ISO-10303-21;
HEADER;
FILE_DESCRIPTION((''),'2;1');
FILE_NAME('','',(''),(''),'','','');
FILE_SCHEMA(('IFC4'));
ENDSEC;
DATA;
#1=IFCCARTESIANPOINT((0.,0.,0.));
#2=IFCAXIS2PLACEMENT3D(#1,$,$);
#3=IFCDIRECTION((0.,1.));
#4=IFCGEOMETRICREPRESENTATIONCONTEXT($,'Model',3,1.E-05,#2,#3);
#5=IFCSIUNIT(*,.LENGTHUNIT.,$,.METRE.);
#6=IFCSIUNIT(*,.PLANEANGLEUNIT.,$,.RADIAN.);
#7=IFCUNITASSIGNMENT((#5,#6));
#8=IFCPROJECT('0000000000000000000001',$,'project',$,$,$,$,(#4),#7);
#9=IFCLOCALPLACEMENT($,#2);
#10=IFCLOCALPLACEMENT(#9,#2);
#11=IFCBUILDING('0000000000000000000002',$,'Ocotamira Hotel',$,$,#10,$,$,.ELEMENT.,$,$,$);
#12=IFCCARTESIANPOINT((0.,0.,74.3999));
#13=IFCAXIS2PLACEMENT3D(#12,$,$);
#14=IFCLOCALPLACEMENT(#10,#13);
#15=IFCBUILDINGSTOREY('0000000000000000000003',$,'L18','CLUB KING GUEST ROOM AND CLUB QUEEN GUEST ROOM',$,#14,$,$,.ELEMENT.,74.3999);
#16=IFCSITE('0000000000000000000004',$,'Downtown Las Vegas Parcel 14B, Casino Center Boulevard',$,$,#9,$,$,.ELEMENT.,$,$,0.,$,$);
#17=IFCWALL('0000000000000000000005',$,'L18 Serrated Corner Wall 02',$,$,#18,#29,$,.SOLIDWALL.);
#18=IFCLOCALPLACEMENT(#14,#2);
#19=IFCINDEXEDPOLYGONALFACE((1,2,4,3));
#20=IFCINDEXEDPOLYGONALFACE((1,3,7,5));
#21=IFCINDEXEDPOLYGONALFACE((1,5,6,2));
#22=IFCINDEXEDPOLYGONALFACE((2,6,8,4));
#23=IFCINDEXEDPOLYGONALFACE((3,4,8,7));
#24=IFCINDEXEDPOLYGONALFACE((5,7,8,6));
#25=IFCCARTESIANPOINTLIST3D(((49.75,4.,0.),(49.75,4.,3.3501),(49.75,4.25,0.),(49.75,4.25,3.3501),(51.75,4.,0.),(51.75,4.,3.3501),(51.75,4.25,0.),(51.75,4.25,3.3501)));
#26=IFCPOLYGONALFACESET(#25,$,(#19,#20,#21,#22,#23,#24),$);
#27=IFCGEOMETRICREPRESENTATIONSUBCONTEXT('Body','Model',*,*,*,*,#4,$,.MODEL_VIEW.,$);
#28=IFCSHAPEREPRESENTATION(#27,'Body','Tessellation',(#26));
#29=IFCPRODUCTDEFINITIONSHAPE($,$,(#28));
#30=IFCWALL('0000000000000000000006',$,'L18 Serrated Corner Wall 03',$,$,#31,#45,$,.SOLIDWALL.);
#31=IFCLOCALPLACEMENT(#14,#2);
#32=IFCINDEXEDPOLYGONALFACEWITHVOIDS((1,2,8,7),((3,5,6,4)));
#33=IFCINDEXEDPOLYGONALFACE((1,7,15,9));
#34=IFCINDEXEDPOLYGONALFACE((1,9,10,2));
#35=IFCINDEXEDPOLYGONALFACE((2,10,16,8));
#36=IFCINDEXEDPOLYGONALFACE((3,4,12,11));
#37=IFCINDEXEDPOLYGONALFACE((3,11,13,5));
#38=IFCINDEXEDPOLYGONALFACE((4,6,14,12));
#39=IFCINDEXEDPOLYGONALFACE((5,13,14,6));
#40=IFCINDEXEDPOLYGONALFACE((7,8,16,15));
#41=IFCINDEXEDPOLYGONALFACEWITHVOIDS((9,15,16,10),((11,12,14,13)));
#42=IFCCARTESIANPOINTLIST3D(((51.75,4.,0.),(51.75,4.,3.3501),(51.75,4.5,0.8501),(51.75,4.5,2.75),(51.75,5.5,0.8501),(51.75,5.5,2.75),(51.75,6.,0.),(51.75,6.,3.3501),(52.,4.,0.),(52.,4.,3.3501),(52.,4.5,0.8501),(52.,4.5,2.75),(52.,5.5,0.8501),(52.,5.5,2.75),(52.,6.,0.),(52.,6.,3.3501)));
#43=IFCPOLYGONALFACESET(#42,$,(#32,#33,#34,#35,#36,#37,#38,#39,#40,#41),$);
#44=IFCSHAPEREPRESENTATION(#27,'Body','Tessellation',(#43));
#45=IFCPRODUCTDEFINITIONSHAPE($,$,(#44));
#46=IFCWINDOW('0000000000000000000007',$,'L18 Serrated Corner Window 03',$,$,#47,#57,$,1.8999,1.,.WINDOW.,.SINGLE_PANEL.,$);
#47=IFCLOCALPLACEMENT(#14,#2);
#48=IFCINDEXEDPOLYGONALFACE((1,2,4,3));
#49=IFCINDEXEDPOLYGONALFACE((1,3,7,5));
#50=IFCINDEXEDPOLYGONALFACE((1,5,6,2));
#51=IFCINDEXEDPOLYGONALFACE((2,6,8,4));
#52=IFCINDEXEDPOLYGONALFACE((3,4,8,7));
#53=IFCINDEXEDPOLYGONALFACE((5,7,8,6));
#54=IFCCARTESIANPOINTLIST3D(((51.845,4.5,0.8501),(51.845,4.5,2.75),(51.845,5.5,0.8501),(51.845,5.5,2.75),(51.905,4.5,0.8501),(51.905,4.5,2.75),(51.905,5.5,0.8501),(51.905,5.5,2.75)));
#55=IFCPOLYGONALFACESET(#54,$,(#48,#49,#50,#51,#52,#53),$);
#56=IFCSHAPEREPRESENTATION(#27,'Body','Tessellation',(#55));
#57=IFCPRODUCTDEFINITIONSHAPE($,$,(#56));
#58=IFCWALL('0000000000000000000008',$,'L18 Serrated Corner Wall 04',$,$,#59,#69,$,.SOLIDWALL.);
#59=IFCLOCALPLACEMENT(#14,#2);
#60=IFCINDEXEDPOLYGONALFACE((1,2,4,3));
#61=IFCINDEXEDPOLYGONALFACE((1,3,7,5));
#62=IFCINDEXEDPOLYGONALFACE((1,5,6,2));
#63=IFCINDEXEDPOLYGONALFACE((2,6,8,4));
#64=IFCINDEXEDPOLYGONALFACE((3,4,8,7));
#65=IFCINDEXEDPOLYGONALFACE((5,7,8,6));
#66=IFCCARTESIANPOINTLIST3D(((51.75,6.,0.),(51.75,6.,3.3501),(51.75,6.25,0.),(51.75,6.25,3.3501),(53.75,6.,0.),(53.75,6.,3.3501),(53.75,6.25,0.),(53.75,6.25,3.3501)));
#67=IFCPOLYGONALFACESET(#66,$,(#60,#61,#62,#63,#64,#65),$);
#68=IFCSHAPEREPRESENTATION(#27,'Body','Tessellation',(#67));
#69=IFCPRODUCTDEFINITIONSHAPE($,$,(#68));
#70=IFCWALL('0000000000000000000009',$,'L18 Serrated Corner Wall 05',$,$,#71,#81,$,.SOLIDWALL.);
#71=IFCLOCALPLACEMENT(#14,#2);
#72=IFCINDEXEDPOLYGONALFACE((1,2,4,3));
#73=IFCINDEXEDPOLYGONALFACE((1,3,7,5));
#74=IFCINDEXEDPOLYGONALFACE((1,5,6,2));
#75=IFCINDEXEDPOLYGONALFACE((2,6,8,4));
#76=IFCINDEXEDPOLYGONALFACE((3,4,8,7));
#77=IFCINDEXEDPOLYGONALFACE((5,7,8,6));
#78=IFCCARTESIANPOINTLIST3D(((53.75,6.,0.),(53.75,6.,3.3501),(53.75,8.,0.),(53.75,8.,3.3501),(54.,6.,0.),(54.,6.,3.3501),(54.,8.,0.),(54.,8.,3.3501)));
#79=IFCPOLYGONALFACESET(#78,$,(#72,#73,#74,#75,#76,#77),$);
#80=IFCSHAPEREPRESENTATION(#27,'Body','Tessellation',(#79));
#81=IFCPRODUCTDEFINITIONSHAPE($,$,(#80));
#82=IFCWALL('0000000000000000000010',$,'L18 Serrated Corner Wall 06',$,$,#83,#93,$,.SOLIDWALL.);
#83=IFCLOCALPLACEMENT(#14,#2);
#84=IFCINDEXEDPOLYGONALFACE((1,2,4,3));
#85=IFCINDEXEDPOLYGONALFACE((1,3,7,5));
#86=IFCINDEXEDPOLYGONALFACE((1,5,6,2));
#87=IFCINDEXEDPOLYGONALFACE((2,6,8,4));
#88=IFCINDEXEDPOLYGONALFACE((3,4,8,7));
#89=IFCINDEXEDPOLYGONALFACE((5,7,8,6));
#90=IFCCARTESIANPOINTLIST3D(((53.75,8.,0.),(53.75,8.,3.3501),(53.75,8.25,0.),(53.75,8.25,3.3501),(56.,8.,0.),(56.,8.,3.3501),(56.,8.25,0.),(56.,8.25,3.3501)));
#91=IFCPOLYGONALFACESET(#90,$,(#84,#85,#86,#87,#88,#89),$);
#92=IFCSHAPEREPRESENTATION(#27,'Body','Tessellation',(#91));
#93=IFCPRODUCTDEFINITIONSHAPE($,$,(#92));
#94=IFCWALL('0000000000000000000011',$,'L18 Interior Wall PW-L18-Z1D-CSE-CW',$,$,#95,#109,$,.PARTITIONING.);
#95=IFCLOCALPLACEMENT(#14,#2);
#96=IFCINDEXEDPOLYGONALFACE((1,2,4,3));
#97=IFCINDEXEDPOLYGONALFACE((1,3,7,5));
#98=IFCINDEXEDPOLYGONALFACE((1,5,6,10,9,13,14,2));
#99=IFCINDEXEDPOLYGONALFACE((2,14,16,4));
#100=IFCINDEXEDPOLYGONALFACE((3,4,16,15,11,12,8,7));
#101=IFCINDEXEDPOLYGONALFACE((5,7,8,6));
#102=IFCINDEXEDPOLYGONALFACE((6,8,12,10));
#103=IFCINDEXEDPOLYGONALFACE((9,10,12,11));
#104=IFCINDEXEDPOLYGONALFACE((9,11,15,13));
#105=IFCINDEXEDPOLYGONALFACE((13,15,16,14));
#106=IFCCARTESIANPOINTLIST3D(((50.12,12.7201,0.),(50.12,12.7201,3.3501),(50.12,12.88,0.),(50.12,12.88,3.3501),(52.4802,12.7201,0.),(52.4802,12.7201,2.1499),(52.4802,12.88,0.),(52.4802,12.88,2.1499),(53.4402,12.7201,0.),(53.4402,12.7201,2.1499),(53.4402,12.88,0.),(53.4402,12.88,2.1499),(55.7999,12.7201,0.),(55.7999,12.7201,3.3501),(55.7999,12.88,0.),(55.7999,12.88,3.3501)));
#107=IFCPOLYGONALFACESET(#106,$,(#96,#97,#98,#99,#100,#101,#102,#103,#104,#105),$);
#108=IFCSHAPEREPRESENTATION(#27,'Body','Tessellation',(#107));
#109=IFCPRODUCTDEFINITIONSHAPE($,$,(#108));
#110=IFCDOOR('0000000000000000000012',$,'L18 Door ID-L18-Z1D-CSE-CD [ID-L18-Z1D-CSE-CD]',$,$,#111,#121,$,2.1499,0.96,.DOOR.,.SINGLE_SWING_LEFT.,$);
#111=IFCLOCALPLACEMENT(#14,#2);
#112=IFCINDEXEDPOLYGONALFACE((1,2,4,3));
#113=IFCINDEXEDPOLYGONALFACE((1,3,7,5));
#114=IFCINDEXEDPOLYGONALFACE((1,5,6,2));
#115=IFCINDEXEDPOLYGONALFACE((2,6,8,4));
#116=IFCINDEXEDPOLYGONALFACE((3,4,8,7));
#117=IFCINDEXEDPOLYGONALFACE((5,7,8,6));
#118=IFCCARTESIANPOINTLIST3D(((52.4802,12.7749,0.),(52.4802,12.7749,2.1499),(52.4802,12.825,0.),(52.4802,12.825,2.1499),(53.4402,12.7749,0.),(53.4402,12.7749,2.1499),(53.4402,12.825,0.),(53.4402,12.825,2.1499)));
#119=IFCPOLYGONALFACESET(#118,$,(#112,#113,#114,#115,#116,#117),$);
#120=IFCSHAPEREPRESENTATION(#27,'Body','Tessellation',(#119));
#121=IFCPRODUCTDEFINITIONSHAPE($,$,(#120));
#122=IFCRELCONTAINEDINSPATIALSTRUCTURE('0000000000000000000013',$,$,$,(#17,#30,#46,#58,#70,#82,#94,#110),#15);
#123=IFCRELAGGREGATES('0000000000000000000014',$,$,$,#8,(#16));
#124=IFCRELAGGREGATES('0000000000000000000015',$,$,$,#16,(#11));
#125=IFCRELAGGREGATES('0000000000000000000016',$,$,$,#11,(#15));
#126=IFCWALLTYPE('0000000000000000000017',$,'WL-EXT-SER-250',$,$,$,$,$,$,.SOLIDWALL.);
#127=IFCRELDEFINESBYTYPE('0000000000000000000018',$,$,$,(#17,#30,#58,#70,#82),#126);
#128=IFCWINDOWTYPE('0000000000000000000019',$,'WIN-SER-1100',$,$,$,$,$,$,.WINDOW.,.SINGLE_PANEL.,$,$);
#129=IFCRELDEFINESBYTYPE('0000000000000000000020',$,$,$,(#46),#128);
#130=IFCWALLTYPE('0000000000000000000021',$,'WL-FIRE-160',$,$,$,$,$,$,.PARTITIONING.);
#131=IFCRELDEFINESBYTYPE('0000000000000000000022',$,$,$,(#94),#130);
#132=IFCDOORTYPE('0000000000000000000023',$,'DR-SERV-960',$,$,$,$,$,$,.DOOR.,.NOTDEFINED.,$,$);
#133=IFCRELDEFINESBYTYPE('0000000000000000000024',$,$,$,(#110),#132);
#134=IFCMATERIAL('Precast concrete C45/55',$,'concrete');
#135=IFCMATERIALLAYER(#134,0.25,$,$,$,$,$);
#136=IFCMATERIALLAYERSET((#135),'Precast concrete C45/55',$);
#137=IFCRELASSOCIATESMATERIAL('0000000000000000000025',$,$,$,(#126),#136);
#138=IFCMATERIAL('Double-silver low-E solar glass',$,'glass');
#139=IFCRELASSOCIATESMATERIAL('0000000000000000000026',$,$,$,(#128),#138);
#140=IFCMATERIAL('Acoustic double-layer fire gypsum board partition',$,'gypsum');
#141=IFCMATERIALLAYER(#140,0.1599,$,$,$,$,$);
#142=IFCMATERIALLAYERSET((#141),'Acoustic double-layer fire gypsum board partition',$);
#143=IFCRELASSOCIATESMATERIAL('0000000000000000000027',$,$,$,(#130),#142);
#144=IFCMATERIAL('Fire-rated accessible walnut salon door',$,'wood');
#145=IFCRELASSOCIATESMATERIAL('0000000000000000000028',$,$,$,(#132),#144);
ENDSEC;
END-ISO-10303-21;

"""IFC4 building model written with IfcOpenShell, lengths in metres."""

from ifc_helpers import new_model, si_unit, direction, frame, frame_2d, origin, place, context, subcontext, project, spatial, rectangle, extrude, source, transform, mapped, material, layer, layer_set, type_object, element, fill, save


model = new_model("IFC4")

# Units and contexts
model_context = context("Model", 3, precision=1e-05, world=origin(), true_north=direction((0.0, 1.0)))
body_context = subcontext(model_context, "Body", "Model", "MODEL_VIEW")
ifc_project = project(units=[si_unit("LENGTHUNIT", "METRE"), si_unit("PLANEANGLEUNIT", "RADIAN")], contexts=[model_context])

# Site, building, storey
site_placement = place(None, origin())
site = spatial("IfcSite", under=ifc_project, at=site_placement, Name="Downtown Las Vegas Parcel 14B, Casino Center Boulevard", CompositionType="ELEMENT", RefElevation=0.0)
building_placement = place(site_placement, origin())
building = spatial("IfcBuilding", under=site, at=building_placement, Name="Ocotamira Hotel", CompositionType="ELEMENT")
storey_placement = place(building_placement, frame((0.0, 0.0, 74.3999)))
storey = spatial("IfcBuildingStorey", under=building, at=storey_placement, Name="L18", Description="CLUB KING GUEST ROOM AND CLUB QUEEN GUEST ROOM", CompositionType="ELEMENT", Elevation=74.3999)

# Wall
ifc_material_1 = material(Name="Precast concrete C45/55", Category="concrete")
ifc_layer_1 = layer(ifc_material_1, 0.25)
ifc_layer_set_1 = layer_set([ifc_layer_1], Name="Precast concrete C45/55")
wall_type_1 = type_object("IfcWallType", Name="WL-EXT-SER-250", PredefinedType="SOLIDWALL", material=ifc_layer_set_1)
wall_1_placement = place(storey_placement, frame((49.75, 4.125, 0.0), z_axis=(0.0, 0.0, 1.0), x_axis=(1.0, 0.0, 0.0)))
element("IfcWall", 1, at=wall_1_placement, inside=storey, type_object=wall_type_1, Name="L18 Serrated Corner Wall 02", PredefinedType="SOLIDWALL", context=body_context, shape_type="SweptSolid", body=[
    extrude(rectangle(XDim=2.0, YDim=0.25, at=frame_2d((1.0, 0.0))), origin(), (0.0, 0.0, 1.0), 3.3501),
])

# Wall, opening, window
wall_2_placement = place(storey_placement, frame((51.875, 4.0, 0.0), z_axis=(0.0, 0.0, 1.0), x_axis=(0.0, 1.0, 0.0)))
wall_2 = element("IfcWall", 2, at=wall_2_placement, inside=storey, type_object=wall_type_1, Name="L18 Serrated Corner Wall 03", PredefinedType="SOLIDWALL", context=body_context, shape_type="SweptSolid", body=[
    extrude(rectangle(XDim=2.0, YDim=0.25, at=frame_2d((1.0, 0.0))), origin(), (0.0, 0.0, 1.0), 3.3501),
])
opening_1_placement = place(wall_2_placement, frame((0.5, 0.0, 0.8501)))
opening_1 = element("IfcOpeningElement", 3, at=opening_1_placement, cuts=wall_2, PredefinedType="OPENING", context=body_context, shape_type="SweptSolid", body=[
    extrude(rectangle(XDim=1.0, YDim=1.8999, at=frame_2d((0.5, 0.95))), frame((0.0, 0.135, 0.0), z_axis=(0.0, -1.0, 0.0), x_axis=(1.0, 0.0, 0.0)), (0.0, 0.0, 1.0), 0.27),
])
ifc_material_2 = material(Name="Double-silver low-E solar glass", Category="glass")
window_type = type_object("IfcWindowType", Name="WIN-SER-1100", PartitioningType="SINGLE_PANEL", PredefinedType="WINDOW", material=ifc_material_2)
shared_shape_1 = source(origin(), body_context, "Body", "SweptSolid", [
    extrude(rectangle(XDim=1.0, YDim=1.8999, at=frame_2d((0.5, 0.95))), frame((0.0, 0.03, 0.0), z_axis=(0.0, -1.0, 0.0), x_axis=(1.0, 0.0, 0.0)), (0.0, 0.0, 1.0), 0.0601),
])
window_placement = place(opening_1_placement, origin())
window = element("IfcWindow", 4, at=window_placement, inside=storey, type_object=window_type, Name="L18 Serrated Corner Window 03", OverallHeight=1.8999, OverallWidth=1.0, PartitioningType="SINGLE_PANEL", PredefinedType="WINDOW", context=body_context, shape_type="MappedRepresentation", body=[
    mapped(shared_shape_1, transform((0.0, 0.0, 0.0), scale=1.0)),
])
fill(opening_1, window)

# Walls
for number, where, z_axis, x_axis, name in (
    (5, (51.75, 6.125, 0.0), (0.0, 0.0, 1.0), (1.0, 0.0, 0.0), "L18 Serrated Corner Wall 04"),
    (6, (53.875, 6.0, 0.0), (0.0, 0.0, 1.0), (0.0, 1.0, 0.0), "L18 Serrated Corner Wall 05"),
):
    element("IfcWall", number, at=place(storey_placement, frame(where, z_axis=z_axis, x_axis=x_axis)), inside=storey, type_object=wall_type_1, Name=name, PredefinedType="SOLIDWALL", context=body_context, shape_type="SweptSolid", body=[
        extrude(rectangle(XDim=2.0, YDim=0.25, at=frame_2d((1.0, 0.0))), origin(), (0.0, 0.0, 1.0), 3.3501),
    ])
wall_3_placement = place(storey_placement, frame((53.75, 8.125, 0.0), z_axis=(0.0, 0.0, 1.0), x_axis=(1.0, 0.0, 0.0)))
element("IfcWall", 7, at=wall_3_placement, inside=storey, type_object=wall_type_1, Name="L18 Serrated Corner Wall 06", PredefinedType="SOLIDWALL", context=body_context, shape_type="SweptSolid", body=[
    extrude(rectangle(XDim=2.25, YDim=0.25, at=frame_2d((1.125, 0.0))), origin(), (0.0, 0.0, 1.0), 3.3501),
])

# Wall, opening, door
ifc_material_3 = material(Name="Acoustic double-layer fire gypsum board partition", Category="gypsum")
ifc_layer_2 = layer(ifc_material_3, 0.1599)
ifc_layer_set_2 = layer_set([ifc_layer_2], Name="Acoustic double-layer fire gypsum board partition")
wall_type_2 = type_object("IfcWallType", Name="WL-FIRE-160", PredefinedType="PARTITIONING", material=ifc_layer_set_2)
wall_4_placement = place(storey_placement, frame((50.1201, 12.8, 0.0), z_axis=(0.0, 0.0, 1.0), x_axis=(1.0, 0.0, 0.0)))
wall_4 = element("IfcWall", 8, at=wall_4_placement, inside=storey, type_object=wall_type_2, Name="L18 Interior Wall PW-L18-Z1D-CSE-CW", PredefinedType="PARTITIONING", context=body_context, shape_type="SweptSolid", body=[
    extrude(rectangle(XDim=5.6799, YDim=0.1599, at=frame_2d((2.8398, 0.0))), origin(), (0.0, 0.0, 1.0), 3.3501),
])
opening_2_placement = place(wall_4_placement, frame((2.3601, 0.0, 0.0)))
opening_2 = element("IfcOpeningElement", 9, at=opening_2_placement, cuts=wall_4, PredefinedType="OPENING", context=body_context, shape_type="SweptSolid", body=[
    extrude(rectangle(XDim=0.96, YDim=2.1499, at=frame_2d((0.48, 1.075))), frame((0.0, 0.0898, 0.0), z_axis=(0.0, -1.0, 0.0), x_axis=(1.0, 0.0, 0.0)), (0.0, 0.0, 1.0), 0.1799),
])
ifc_material_4 = material(Name="Fire-rated accessible walnut salon door", Category="wood")
door_type_1 = type_object("IfcDoorType", Name="DR-SERV-960", OperationType="NOTDEFINED", PredefinedType="DOOR", material=ifc_material_4)
shared_shape_2 = source(origin(), body_context, "Body", "SweptSolid", [
    extrude(rectangle(XDim=0.96, YDim=2.1499, at=frame_2d((0.48, 1.075))), frame((0.0, 0.0249, 0.0), z_axis=(0.0, -1.0, 0.0), x_axis=(1.0, 0.0, 0.0)), (0.0, 0.0, 1.0), 0.05),
])
door_1_placement = place(opening_2_placement, origin())
door_1 = element("IfcDoor", 10, at=door_1_placement, inside=storey, type_object=door_type_1, Name="L18 Door ID-L18-Z1D-CSE-CD [ID-L18-Z1D-CSE-CD]", OperationType="SINGLE_SWING_LEFT", OverallHeight=2.1499, OverallWidth=0.96, PredefinedType="DOOR", context=body_context, shape_type="MappedRepresentation", body=[
    mapped(shared_shape_2, transform((0.0, 0.0, 0.0), scale=1.0)),
])
fill(opening_2, door_1)

save(model, "model.ifc")
